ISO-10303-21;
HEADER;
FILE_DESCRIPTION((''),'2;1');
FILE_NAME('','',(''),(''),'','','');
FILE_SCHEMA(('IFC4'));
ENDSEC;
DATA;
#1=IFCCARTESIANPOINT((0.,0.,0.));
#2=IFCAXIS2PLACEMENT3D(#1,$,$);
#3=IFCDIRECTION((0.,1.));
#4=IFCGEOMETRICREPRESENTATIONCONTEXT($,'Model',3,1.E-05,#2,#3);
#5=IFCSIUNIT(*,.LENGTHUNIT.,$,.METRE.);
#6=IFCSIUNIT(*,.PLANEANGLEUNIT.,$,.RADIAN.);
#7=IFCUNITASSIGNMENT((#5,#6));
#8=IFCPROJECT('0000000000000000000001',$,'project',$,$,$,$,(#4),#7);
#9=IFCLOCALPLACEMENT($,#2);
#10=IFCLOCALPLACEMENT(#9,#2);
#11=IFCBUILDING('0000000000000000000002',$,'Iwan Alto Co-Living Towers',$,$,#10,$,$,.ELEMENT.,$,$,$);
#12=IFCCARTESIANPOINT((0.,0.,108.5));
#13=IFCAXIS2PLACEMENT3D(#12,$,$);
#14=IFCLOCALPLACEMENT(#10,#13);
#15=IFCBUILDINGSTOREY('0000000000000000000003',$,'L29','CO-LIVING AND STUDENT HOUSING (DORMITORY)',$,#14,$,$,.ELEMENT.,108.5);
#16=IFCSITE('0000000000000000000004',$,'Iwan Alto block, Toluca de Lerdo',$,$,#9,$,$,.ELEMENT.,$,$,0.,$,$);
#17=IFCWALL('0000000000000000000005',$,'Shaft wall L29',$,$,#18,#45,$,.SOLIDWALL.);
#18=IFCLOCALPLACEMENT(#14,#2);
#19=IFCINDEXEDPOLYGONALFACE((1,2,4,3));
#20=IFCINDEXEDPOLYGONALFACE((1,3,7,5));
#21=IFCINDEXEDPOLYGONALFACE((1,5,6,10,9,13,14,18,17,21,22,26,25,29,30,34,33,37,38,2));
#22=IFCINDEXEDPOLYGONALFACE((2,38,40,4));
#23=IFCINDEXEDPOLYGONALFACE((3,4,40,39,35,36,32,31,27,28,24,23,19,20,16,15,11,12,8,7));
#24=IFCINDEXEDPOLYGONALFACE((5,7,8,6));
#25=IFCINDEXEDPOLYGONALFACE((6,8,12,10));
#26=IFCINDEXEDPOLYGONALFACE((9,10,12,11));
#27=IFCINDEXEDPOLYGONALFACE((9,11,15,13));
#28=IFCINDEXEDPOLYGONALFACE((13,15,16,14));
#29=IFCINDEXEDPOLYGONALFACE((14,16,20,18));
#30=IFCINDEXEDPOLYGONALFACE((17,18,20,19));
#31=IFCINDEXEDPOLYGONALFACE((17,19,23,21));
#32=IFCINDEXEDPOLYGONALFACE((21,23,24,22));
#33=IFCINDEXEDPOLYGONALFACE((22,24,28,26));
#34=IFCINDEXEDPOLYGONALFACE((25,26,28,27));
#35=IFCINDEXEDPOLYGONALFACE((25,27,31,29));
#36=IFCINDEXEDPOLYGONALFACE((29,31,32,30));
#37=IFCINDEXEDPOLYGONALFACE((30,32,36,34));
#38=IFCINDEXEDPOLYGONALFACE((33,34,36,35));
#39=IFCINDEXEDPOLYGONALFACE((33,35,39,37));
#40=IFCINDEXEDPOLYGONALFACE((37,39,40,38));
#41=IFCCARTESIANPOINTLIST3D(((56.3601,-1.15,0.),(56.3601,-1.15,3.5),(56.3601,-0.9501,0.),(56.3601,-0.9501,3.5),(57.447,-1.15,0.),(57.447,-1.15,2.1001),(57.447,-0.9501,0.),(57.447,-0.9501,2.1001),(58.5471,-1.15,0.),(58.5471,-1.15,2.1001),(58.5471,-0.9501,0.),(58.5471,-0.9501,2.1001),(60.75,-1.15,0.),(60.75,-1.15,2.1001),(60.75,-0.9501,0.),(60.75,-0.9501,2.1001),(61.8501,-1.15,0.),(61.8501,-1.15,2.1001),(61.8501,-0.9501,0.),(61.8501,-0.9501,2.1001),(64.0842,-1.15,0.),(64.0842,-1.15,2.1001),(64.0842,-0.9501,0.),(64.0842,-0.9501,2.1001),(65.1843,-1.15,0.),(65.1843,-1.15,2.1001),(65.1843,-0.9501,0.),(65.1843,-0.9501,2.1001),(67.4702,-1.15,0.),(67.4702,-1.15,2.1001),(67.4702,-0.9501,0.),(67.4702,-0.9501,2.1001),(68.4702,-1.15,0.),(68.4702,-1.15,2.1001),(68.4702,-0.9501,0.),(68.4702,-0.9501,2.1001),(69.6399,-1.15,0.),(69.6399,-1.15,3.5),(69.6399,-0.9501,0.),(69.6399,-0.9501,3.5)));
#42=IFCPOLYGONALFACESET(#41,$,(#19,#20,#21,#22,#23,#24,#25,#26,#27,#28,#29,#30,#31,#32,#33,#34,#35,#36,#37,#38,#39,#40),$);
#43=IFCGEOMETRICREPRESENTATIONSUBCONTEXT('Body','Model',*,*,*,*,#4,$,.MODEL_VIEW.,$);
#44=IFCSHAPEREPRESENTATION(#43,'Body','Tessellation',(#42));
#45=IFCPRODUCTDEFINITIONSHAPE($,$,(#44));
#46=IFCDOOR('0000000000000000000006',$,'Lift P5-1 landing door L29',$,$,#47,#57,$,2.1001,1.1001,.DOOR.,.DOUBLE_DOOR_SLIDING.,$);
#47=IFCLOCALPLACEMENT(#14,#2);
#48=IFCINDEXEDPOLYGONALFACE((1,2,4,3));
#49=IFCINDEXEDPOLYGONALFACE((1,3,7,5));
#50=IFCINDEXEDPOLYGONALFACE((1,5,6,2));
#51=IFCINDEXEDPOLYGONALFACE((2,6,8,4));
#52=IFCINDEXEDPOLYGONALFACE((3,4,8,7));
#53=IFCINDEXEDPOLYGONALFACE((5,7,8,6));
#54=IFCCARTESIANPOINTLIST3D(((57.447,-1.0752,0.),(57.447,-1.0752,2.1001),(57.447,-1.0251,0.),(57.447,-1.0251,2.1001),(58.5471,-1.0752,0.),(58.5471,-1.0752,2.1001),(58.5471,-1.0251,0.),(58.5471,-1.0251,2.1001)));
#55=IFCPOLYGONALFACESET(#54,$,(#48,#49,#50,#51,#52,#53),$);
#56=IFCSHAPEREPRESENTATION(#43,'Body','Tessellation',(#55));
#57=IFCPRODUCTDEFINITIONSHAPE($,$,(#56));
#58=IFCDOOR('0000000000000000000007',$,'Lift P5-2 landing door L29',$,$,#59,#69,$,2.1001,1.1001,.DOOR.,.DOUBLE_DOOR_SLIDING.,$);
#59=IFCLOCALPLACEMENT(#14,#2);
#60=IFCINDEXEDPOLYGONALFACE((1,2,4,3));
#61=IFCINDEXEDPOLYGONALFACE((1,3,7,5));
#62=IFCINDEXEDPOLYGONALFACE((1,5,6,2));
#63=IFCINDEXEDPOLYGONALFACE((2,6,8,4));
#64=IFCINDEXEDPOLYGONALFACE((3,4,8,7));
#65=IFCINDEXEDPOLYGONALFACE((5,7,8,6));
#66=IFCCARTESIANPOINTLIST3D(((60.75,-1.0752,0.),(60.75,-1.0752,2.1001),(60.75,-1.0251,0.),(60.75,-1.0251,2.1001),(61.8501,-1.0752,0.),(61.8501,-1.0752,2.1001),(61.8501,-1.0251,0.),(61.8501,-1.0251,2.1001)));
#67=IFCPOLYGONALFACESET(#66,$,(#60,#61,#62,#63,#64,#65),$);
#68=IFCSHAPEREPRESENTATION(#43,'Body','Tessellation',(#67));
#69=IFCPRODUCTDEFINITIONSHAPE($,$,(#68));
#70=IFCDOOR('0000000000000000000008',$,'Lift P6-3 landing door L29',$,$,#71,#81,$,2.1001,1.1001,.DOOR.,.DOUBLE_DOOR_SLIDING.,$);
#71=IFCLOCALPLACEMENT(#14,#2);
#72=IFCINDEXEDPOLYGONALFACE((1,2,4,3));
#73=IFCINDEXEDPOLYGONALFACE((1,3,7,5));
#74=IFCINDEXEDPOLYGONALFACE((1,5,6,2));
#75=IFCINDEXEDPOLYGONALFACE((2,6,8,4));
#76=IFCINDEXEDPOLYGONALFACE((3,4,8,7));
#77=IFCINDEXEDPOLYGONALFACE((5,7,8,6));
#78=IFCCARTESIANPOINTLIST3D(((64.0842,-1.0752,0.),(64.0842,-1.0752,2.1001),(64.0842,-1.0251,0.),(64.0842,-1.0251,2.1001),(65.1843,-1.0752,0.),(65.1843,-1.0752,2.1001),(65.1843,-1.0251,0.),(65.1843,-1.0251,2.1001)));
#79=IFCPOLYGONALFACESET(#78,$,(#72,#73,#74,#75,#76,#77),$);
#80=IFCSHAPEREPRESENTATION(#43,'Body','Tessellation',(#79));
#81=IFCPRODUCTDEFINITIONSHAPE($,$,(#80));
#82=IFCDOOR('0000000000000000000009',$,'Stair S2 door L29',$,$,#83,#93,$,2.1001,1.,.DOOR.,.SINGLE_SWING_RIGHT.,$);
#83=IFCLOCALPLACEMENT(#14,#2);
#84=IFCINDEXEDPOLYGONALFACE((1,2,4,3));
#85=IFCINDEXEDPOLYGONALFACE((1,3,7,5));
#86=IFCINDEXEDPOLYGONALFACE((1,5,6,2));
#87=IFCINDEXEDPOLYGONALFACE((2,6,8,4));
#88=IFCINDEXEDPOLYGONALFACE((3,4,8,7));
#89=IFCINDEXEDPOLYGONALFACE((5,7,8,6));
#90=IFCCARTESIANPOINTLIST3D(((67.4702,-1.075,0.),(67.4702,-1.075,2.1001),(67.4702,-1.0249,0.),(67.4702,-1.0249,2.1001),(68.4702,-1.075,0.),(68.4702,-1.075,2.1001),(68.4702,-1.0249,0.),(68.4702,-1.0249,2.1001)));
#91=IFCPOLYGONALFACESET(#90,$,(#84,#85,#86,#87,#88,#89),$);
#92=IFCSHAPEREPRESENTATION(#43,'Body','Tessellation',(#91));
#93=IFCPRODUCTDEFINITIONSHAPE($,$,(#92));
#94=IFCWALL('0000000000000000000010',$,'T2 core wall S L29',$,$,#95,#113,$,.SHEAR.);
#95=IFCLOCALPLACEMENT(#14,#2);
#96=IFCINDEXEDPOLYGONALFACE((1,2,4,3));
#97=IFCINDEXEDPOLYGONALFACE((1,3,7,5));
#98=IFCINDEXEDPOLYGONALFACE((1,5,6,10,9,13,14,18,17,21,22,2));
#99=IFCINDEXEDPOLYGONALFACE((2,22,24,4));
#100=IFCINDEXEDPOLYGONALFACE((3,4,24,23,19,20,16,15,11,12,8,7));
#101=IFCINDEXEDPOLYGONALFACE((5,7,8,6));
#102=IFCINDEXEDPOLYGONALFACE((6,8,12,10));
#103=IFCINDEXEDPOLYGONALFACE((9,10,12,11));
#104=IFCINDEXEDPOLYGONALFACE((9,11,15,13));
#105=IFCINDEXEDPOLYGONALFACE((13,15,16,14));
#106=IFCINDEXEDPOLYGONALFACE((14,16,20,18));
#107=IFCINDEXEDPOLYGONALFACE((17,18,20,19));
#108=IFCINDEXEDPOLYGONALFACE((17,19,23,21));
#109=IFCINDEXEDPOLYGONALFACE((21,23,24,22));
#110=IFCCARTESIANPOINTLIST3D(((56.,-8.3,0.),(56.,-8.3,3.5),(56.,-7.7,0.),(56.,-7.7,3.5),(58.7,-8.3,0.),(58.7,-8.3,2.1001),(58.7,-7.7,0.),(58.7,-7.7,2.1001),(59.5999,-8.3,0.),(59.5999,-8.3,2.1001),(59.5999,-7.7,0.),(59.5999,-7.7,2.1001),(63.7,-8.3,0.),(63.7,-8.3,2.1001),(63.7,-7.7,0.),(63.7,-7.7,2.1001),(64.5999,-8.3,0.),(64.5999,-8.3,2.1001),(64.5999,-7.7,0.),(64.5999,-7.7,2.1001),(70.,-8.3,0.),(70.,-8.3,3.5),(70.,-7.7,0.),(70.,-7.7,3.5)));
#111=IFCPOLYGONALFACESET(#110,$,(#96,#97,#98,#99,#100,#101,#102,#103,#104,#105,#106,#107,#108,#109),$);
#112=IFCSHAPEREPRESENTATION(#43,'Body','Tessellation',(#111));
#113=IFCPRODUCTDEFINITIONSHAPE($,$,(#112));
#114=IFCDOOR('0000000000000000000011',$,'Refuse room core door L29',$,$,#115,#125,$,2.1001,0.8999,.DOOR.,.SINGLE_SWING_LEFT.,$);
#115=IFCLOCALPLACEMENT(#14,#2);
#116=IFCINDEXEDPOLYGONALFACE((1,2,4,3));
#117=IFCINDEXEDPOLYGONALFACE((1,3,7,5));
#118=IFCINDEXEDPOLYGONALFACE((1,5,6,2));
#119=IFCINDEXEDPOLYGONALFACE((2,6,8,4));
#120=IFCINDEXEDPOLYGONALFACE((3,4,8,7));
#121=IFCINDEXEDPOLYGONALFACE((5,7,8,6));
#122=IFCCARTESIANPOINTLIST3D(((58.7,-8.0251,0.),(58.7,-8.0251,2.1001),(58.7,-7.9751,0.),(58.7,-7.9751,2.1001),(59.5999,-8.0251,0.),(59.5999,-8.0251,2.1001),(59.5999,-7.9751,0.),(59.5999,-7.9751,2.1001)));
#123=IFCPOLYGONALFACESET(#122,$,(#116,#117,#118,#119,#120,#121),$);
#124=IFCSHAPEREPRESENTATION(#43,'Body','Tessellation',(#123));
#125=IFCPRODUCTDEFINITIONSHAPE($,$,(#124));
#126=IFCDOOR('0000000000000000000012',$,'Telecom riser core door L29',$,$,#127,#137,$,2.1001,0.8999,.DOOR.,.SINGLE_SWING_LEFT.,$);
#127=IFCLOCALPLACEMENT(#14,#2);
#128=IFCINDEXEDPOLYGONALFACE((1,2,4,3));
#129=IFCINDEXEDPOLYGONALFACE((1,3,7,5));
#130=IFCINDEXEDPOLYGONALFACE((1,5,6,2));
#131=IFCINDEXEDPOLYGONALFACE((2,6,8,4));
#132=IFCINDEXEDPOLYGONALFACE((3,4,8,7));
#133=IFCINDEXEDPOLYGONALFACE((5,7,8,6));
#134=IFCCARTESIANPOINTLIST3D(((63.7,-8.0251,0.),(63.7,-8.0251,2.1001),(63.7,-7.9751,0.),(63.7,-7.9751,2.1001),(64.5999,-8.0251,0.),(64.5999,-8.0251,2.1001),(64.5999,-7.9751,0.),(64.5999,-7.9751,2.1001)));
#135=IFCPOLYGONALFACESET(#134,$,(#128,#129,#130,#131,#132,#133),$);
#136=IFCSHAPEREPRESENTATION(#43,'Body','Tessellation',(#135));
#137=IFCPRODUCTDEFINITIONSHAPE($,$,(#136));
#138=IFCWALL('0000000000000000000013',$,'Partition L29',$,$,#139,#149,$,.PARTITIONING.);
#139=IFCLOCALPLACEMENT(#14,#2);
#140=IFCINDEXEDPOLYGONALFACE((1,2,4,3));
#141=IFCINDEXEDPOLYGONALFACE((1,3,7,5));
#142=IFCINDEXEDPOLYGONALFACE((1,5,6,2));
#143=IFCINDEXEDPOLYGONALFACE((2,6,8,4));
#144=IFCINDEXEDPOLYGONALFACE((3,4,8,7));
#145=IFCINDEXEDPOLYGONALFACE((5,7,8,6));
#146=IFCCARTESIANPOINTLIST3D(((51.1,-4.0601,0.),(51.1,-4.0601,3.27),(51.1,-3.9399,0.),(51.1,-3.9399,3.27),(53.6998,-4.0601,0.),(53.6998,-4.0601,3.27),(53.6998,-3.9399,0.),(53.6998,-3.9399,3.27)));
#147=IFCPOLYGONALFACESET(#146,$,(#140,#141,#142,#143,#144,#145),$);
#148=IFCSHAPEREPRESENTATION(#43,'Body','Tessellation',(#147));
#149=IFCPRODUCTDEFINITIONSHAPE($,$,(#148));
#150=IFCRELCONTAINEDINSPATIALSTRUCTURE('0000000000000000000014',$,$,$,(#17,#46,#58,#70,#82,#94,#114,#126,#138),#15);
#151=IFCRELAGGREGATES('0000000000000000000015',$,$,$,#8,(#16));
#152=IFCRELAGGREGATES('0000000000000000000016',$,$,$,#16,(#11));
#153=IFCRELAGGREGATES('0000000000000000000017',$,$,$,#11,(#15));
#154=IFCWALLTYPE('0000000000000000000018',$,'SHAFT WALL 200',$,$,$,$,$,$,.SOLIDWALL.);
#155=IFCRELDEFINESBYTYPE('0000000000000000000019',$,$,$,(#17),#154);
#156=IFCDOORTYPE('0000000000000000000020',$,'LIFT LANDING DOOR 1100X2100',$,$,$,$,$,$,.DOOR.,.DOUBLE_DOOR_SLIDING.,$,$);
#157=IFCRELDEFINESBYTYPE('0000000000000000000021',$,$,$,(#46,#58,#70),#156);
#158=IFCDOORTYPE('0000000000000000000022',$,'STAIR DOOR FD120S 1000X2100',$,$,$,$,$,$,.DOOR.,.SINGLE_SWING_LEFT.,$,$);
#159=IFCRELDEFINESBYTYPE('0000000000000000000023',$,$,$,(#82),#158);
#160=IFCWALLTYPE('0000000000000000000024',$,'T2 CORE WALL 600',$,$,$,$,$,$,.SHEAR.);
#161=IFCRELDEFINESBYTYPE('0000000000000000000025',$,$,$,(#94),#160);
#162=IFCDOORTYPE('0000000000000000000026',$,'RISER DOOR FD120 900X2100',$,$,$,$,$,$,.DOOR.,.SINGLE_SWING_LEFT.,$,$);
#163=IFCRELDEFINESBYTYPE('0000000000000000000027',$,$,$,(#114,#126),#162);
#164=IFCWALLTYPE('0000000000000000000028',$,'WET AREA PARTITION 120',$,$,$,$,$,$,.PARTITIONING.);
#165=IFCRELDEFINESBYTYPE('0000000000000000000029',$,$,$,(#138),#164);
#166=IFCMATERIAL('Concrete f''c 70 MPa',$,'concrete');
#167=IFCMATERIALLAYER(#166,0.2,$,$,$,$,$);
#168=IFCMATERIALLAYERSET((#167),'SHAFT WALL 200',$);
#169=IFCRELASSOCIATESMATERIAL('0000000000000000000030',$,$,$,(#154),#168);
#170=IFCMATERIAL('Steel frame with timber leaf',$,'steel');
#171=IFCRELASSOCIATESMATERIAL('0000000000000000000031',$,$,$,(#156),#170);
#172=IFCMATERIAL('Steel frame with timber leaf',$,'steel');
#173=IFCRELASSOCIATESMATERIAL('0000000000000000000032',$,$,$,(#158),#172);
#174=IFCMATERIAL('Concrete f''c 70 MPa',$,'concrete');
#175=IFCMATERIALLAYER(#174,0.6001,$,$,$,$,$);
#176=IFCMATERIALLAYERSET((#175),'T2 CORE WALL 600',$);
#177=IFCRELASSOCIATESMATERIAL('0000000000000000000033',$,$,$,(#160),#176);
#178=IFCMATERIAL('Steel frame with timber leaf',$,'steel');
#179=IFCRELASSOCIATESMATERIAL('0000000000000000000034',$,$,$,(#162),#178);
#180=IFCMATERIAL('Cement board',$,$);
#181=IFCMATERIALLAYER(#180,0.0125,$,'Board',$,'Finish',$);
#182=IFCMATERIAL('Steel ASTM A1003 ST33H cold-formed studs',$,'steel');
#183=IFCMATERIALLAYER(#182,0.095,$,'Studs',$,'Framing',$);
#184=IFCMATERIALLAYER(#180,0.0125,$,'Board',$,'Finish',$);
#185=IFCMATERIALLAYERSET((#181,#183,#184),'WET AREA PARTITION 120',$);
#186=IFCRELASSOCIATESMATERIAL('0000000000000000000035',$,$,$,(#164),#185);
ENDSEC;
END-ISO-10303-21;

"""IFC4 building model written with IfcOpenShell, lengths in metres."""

from ifc_helpers import new_model, si_unit, direction, frame, frame_2d, origin, place, context, subcontext, project, spatial, rectangle, extrude, material, layer, layer_set, type_object, element, fill, save


model = new_model("IFC4")

# Units and contexts
model_context = context("Model", 3, precision=1e-05, world=origin(), true_north=direction((0.0, 1.0)))
body_context = subcontext(model_context, "Body", "Model", "MODEL_VIEW")
ifc_project = project(units=[si_unit("LENGTHUNIT", "METRE"), si_unit("PLANEANGLEUNIT", "RADIAN")], contexts=[model_context])

# Site, building, storey
site_placement = place(None, origin())
site = spatial("IfcSite", under=ifc_project, at=site_placement, Name="Iwan Alto block, Toluca de Lerdo", CompositionType="ELEMENT", RefElevation=0.0)
building_placement = place(site_placement, origin())
building = spatial("IfcBuilding", under=site, at=building_placement, Name="Iwan Alto Co-Living Towers", CompositionType="ELEMENT")
storey_placement = place(building_placement, frame((0.0, 0.0, 108.5)))
storey = spatial("IfcBuildingStorey", under=building, at=storey_placement, Name="L29", Description="CO-LIVING AND STUDENT HOUSING (DORMITORY)", CompositionType="ELEMENT", Elevation=108.5)

# Shared definitions
ifc_material_1 = material(Name="Steel ASTM A1003 ST33H cold-formed studs", Category="steel")

# Shared definitions
ifc_material_2 = material(Name="Concrete f'c 70 MPa", Category="concrete")
ifc_layer_1 = layer(ifc_material_2, 0.2)
ifc_layer_set_1 = layer_set([ifc_layer_1], Name="SHAFT WALL 200")
wall_type_1 = type_object("IfcWallType", Name="SHAFT WALL 200", PredefinedType="SOLIDWALL", material=ifc_layer_set_1)

# Walls, openings, doors
wall_1_placement = place(storey_placement, frame((56.3601, -1.05, 0.0), z_axis=(0.0, 0.0, 1.0), x_axis=(1.0, 0.0, 0.0)))
wall_1 = element("IfcWall", 1, at=wall_1_placement, inside=storey, type_object=wall_type_1, Name="Shaft wall L29", PredefinedType="SOLIDWALL", context=body_context, shape_type="SweptSolid", body=[
    extrude(rectangle(XDim=13.2798, YDim=0.2, at=frame_2d((6.6399, 0.0))), origin(), (0.0, 0.0, 1.0), 3.5),
])
opening_1_placement = place(wall_1_placement, frame((11.1101, 0.0, 0.0)))
opening_1 = element("IfcOpeningElement", 2, at=opening_1_placement, cuts=wall_1, PredefinedType="OPENING", context=body_context, shape_type="SweptSolid", body=[
    extrude(rectangle(XDim=1.0, YDim=2.1001, at=frame_2d((0.5, 1.05))), frame((0.0, 0.1099, 0.0), z_axis=(0.0, -1.0, 0.0), x_axis=(1.0, 0.0, 0.0)), (0.0, 0.0, 1.0), 0.22),
])
opening_2_placement = place(wall_1_placement, frame((1.0869, 0.0, 0.0)))
opening_2 = element("IfcOpeningElement", 3, at=opening_2_placement, cuts=wall_1, PredefinedType="OPENING", context=body_context, shape_type="SweptSolid", body=[
    extrude(rectangle(XDim=1.1001, YDim=2.1001, at=frame_2d((0.55, 1.05))), frame((0.0, 0.1099, 0.0), z_axis=(0.0, -1.0, 0.0), x_axis=(1.0, 0.0, 0.0)), (0.0, 0.0, 1.0), 0.22),
])
opening_3_placement = place(wall_1_placement, frame((4.3899, 0.0, 0.0)))
opening_3 = element("IfcOpeningElement", 4, at=opening_3_placement, cuts=wall_1, PredefinedType="OPENING", context=body_context, shape_type="SweptSolid", body=[
    extrude(rectangle(XDim=1.1001, YDim=2.1001, at=frame_2d((0.55, 1.05))), frame((0.0, 0.1099, 0.0), z_axis=(0.0, -1.0, 0.0), x_axis=(1.0, 0.0, 0.0)), (0.0, 0.0, 1.0), 0.22),
])
opening_4_placement = place(wall_1_placement, frame((7.7241, 0.0, 0.0)))
opening_4 = element("IfcOpeningElement", 5, at=opening_4_placement, cuts=wall_1, PredefinedType="OPENING", context=body_context, shape_type="SweptSolid", body=[
    extrude(rectangle(XDim=1.1001, YDim=2.1001, at=frame_2d((0.55, 1.05))), frame((0.0, 0.1099, 0.0), z_axis=(0.0, -1.0, 0.0), x_axis=(1.0, 0.0, 0.0)), (0.0, 0.0, 1.0), 0.22),
])
ifc_material_3 = material(Name="Steel frame with timber leaf", Category="steel")
door_type_1 = type_object("IfcDoorType", Name="LIFT LANDING DOOR 1100X2100", OperationType="DOUBLE_DOOR_SLIDING", PredefinedType="DOOR", material=ifc_material_3)
door_1_placement = place(opening_2_placement, origin())
door_1 = element("IfcDoor", 6, at=door_1_placement, inside=storey, type_object=door_type_1, Name="Lift P5-1 landing door L29", OperationType="DOUBLE_DOOR_SLIDING", OverallHeight=2.1001, OverallWidth=1.1001, PredefinedType="DOOR", context=body_context, shape_type="SweptSolid", body=[
    extrude(rectangle(XDim=1.1001, YDim=2.1001, at=frame_2d((0.55, 1.05))), frame((0.0, 0.0249, 0.0), z_axis=(0.0, -1.0, 0.0), x_axis=(1.0, 0.0, 0.0)), (0.0, 0.0, 1.0), 0.05),
])
fill(opening_2, door_1)
door_2_placement = place(opening_3_placement, origin())
door_2 = element("IfcDoor", 7, at=door_2_placement, inside=storey, type_object=door_type_1, Name="Lift P5-2 landing door L29", OperationType="DOUBLE_DOOR_SLIDING", OverallHeight=2.1001, OverallWidth=1.1001, PredefinedType="DOOR", context=body_context, shape_type="SweptSolid", body=[
    extrude(rectangle(XDim=1.1001, YDim=2.1001, at=frame_2d((0.55, 1.05))), frame((0.0, 0.0249, 0.0), z_axis=(0.0, -1.0, 0.0), x_axis=(1.0, 0.0, 0.0)), (0.0, 0.0, 1.0), 0.05),
])
fill(opening_3, door_2)
door_3_placement = place(opening_4_placement, origin())
door_3 = element("IfcDoor", 8, at=door_3_placement, inside=storey, type_object=door_type_1, Name="Lift P6-3 landing door L29", OperationType="DOUBLE_DOOR_SLIDING", OverallHeight=2.1001, OverallWidth=1.1001, PredefinedType="DOOR", context=body_context, shape_type="SweptSolid", body=[
    extrude(rectangle(XDim=1.1001, YDim=2.1001, at=frame_2d((0.55, 1.05))), frame((0.0, 0.0249, 0.0), z_axis=(0.0, -1.0, 0.0), x_axis=(1.0, 0.0, 0.0)), (0.0, 0.0, 1.0), 0.05),
])
fill(opening_4, door_3)
ifc_material_4 = material(Name="Steel frame with timber leaf", Category="steel")
door_type_2 = type_object("IfcDoorType", Name="STAIR DOOR FD120S 1000X2100", OperationType="SINGLE_SWING_LEFT", PredefinedType="DOOR", material=ifc_material_4)
door_4_placement = place(opening_1_placement, frame((1.0, 0.0, 0.0), z_axis=(0.0, 0.0, 1.0), x_axis=(-1.0, 0.0, 0.0)))
door_4 = element("IfcDoor", 9, at=door_4_placement, inside=storey, type_object=door_type_2, Name="Stair S2 door L29", OperationType="SINGLE_SWING_RIGHT", OverallHeight=2.1001, OverallWidth=1.0, PredefinedType="DOOR", context=body_context, shape_type="SweptSolid", body=[
    extrude(rectangle(XDim=1.0, YDim=2.1001, at=frame_2d((0.5, 1.05))), frame((0.0, 0.0249, 0.0), z_axis=(0.0, -1.0, 0.0), x_axis=(1.0, 0.0, 0.0)), (0.0, 0.0, 1.0), 0.05),
])
fill(opening_1, door_4)
ifc_material_5 = material(Name="Concrete f'c 70 MPa", Category="concrete")
ifc_layer_2 = layer(ifc_material_5, 0.6001)
ifc_layer_set_2 = layer_set([ifc_layer_2], Name="T2 CORE WALL 600")
wall_type_2 = type_object("IfcWallType", Name="T2 CORE WALL 600", PredefinedType="SHEAR", material=ifc_layer_set_2)
wall_2_placement = place(storey_placement, frame((56.0, -8.0, 0.0), z_axis=(0.0, 0.0, 1.0), x_axis=(1.0, 0.0, 0.0)))
wall_2 = element("IfcWall", 10, at=wall_2_placement, inside=storey, type_object=wall_type_2, Name="T2 core wall S L29", PredefinedType="SHEAR", context=body_context, shape_type="SweptSolid", body=[
    extrude(rectangle(XDim=14.0, YDim=0.6001, at=frame_2d((7.0, 0.0))), origin(), (0.0, 0.0, 1.0), 3.5),
])
opening_5_placement = place(wall_2_placement, frame((2.7, 0.0, 0.0)))
opening_5 = element("IfcOpeningElement", 11, at=opening_5_placement, cuts=wall_2, PredefinedType="OPENING", context=body_context, shape_type="SweptSolid", body=[
    extrude(rectangle(XDim=0.8999, YDim=2.1001, at=frame_2d((0.45, 1.05))), frame((0.0, 0.3101, 0.0), z_axis=(0.0, -1.0, 0.0), x_axis=(1.0, 0.0, 0.0)), (0.0, 0.0, 1.0), 0.6201),
])
opening_6_placement = place(wall_2_placement, frame((7.7, 0.0, 0.0)))
opening_6 = element("IfcOpeningElement", 12, at=opening_6_placement, cuts=wall_2, PredefinedType="OPENING", context=body_context, shape_type="SweptSolid", body=[
    extrude(rectangle(XDim=0.8999, YDim=2.1001, at=frame_2d((0.45, 1.05))), frame((0.0, 0.3101, 0.0), z_axis=(0.0, -1.0, 0.0), x_axis=(1.0, 0.0, 0.0)), (0.0, 0.0, 1.0), 0.6201),
])
ifc_material_6 = material(Name="Steel frame with timber leaf", Category="steel")
door_type_3 = type_object("IfcDoorType", Name="RISER DOOR FD120 900X2100", OperationType="SINGLE_SWING_LEFT", PredefinedType="DOOR", material=ifc_material_6)
door_5_placement = place(opening_5_placement, origin())
door_5 = element("IfcDoor", 13, at=door_5_placement, inside=storey, type_object=door_type_3, Name="Refuse room core door L29", OperationType="SINGLE_SWING_LEFT", OverallHeight=2.1001, OverallWidth=0.8999, PredefinedType="DOOR", context=body_context, shape_type="SweptSolid", body=[
    extrude(rectangle(XDim=0.8999, YDim=2.1001, at=frame_2d((0.45, 1.05))), frame((0.0, 0.0249, 0.0), z_axis=(0.0, -1.0, 0.0), x_axis=(1.0, 0.0, 0.0)), (0.0, 0.0, 1.0), 0.05),
])
fill(opening_5, door_5)
door_6_placement = place(opening_6_placement, origin())
door_6 = element("IfcDoor", 14, at=door_6_placement, inside=storey, type_object=door_type_3, Name="Telecom riser core door L29", OperationType="SINGLE_SWING_LEFT", OverallHeight=2.1001, OverallWidth=0.8999, PredefinedType="DOOR", context=body_context, shape_type="SweptSolid", body=[
    extrude(rectangle(XDim=0.8999, YDim=2.1001, at=frame_2d((0.45, 1.05))), frame((0.0, 0.0249, 0.0), z_axis=(0.0, -1.0, 0.0), x_axis=(1.0, 0.0, 0.0)), (0.0, 0.0, 1.0), 0.05),
])
fill(opening_6, door_6)

# Wall
ifc_material_7 = material(Name="Cement board")
ifc_layer_3 = layer(ifc_material_7, 0.0125, Name="Board", Category="Finish")
ifc_layer_4 = layer(ifc_material_1, 0.095, Name="Studs", Category="Framing")
ifc_layer_5 = layer(ifc_material_7, 0.0125, Name="Board", Category="Finish")
ifc_layer_set_3 = layer_set([ifc_layer_3, ifc_layer_4, ifc_layer_5], Name="WET AREA PARTITION 120")
wall_type_3 = type_object("IfcWallType", Name="WET AREA PARTITION 120", PredefinedType="PARTITIONING", material=ifc_layer_set_3)
wall_3_placement = place(storey_placement, frame((51.1001, -4.0, 0.0), z_axis=(0.0, 0.0, 1.0), x_axis=(1.0, 0.0, 0.0)))
element("IfcWall", 15, at=wall_3_placement, inside=storey, type_object=wall_type_3, Name="Partition L29", PredefinedType="PARTITIONING", context=body_context, shape_type="SweptSolid", body=[
    extrude(rectangle(XDim=2.5999, YDim=0.1201, at=frame_2d((1.2998, 0.0))), origin(), (0.0, 0.0, 1.0), 3.27),
])

save(model, "model.ifc")
